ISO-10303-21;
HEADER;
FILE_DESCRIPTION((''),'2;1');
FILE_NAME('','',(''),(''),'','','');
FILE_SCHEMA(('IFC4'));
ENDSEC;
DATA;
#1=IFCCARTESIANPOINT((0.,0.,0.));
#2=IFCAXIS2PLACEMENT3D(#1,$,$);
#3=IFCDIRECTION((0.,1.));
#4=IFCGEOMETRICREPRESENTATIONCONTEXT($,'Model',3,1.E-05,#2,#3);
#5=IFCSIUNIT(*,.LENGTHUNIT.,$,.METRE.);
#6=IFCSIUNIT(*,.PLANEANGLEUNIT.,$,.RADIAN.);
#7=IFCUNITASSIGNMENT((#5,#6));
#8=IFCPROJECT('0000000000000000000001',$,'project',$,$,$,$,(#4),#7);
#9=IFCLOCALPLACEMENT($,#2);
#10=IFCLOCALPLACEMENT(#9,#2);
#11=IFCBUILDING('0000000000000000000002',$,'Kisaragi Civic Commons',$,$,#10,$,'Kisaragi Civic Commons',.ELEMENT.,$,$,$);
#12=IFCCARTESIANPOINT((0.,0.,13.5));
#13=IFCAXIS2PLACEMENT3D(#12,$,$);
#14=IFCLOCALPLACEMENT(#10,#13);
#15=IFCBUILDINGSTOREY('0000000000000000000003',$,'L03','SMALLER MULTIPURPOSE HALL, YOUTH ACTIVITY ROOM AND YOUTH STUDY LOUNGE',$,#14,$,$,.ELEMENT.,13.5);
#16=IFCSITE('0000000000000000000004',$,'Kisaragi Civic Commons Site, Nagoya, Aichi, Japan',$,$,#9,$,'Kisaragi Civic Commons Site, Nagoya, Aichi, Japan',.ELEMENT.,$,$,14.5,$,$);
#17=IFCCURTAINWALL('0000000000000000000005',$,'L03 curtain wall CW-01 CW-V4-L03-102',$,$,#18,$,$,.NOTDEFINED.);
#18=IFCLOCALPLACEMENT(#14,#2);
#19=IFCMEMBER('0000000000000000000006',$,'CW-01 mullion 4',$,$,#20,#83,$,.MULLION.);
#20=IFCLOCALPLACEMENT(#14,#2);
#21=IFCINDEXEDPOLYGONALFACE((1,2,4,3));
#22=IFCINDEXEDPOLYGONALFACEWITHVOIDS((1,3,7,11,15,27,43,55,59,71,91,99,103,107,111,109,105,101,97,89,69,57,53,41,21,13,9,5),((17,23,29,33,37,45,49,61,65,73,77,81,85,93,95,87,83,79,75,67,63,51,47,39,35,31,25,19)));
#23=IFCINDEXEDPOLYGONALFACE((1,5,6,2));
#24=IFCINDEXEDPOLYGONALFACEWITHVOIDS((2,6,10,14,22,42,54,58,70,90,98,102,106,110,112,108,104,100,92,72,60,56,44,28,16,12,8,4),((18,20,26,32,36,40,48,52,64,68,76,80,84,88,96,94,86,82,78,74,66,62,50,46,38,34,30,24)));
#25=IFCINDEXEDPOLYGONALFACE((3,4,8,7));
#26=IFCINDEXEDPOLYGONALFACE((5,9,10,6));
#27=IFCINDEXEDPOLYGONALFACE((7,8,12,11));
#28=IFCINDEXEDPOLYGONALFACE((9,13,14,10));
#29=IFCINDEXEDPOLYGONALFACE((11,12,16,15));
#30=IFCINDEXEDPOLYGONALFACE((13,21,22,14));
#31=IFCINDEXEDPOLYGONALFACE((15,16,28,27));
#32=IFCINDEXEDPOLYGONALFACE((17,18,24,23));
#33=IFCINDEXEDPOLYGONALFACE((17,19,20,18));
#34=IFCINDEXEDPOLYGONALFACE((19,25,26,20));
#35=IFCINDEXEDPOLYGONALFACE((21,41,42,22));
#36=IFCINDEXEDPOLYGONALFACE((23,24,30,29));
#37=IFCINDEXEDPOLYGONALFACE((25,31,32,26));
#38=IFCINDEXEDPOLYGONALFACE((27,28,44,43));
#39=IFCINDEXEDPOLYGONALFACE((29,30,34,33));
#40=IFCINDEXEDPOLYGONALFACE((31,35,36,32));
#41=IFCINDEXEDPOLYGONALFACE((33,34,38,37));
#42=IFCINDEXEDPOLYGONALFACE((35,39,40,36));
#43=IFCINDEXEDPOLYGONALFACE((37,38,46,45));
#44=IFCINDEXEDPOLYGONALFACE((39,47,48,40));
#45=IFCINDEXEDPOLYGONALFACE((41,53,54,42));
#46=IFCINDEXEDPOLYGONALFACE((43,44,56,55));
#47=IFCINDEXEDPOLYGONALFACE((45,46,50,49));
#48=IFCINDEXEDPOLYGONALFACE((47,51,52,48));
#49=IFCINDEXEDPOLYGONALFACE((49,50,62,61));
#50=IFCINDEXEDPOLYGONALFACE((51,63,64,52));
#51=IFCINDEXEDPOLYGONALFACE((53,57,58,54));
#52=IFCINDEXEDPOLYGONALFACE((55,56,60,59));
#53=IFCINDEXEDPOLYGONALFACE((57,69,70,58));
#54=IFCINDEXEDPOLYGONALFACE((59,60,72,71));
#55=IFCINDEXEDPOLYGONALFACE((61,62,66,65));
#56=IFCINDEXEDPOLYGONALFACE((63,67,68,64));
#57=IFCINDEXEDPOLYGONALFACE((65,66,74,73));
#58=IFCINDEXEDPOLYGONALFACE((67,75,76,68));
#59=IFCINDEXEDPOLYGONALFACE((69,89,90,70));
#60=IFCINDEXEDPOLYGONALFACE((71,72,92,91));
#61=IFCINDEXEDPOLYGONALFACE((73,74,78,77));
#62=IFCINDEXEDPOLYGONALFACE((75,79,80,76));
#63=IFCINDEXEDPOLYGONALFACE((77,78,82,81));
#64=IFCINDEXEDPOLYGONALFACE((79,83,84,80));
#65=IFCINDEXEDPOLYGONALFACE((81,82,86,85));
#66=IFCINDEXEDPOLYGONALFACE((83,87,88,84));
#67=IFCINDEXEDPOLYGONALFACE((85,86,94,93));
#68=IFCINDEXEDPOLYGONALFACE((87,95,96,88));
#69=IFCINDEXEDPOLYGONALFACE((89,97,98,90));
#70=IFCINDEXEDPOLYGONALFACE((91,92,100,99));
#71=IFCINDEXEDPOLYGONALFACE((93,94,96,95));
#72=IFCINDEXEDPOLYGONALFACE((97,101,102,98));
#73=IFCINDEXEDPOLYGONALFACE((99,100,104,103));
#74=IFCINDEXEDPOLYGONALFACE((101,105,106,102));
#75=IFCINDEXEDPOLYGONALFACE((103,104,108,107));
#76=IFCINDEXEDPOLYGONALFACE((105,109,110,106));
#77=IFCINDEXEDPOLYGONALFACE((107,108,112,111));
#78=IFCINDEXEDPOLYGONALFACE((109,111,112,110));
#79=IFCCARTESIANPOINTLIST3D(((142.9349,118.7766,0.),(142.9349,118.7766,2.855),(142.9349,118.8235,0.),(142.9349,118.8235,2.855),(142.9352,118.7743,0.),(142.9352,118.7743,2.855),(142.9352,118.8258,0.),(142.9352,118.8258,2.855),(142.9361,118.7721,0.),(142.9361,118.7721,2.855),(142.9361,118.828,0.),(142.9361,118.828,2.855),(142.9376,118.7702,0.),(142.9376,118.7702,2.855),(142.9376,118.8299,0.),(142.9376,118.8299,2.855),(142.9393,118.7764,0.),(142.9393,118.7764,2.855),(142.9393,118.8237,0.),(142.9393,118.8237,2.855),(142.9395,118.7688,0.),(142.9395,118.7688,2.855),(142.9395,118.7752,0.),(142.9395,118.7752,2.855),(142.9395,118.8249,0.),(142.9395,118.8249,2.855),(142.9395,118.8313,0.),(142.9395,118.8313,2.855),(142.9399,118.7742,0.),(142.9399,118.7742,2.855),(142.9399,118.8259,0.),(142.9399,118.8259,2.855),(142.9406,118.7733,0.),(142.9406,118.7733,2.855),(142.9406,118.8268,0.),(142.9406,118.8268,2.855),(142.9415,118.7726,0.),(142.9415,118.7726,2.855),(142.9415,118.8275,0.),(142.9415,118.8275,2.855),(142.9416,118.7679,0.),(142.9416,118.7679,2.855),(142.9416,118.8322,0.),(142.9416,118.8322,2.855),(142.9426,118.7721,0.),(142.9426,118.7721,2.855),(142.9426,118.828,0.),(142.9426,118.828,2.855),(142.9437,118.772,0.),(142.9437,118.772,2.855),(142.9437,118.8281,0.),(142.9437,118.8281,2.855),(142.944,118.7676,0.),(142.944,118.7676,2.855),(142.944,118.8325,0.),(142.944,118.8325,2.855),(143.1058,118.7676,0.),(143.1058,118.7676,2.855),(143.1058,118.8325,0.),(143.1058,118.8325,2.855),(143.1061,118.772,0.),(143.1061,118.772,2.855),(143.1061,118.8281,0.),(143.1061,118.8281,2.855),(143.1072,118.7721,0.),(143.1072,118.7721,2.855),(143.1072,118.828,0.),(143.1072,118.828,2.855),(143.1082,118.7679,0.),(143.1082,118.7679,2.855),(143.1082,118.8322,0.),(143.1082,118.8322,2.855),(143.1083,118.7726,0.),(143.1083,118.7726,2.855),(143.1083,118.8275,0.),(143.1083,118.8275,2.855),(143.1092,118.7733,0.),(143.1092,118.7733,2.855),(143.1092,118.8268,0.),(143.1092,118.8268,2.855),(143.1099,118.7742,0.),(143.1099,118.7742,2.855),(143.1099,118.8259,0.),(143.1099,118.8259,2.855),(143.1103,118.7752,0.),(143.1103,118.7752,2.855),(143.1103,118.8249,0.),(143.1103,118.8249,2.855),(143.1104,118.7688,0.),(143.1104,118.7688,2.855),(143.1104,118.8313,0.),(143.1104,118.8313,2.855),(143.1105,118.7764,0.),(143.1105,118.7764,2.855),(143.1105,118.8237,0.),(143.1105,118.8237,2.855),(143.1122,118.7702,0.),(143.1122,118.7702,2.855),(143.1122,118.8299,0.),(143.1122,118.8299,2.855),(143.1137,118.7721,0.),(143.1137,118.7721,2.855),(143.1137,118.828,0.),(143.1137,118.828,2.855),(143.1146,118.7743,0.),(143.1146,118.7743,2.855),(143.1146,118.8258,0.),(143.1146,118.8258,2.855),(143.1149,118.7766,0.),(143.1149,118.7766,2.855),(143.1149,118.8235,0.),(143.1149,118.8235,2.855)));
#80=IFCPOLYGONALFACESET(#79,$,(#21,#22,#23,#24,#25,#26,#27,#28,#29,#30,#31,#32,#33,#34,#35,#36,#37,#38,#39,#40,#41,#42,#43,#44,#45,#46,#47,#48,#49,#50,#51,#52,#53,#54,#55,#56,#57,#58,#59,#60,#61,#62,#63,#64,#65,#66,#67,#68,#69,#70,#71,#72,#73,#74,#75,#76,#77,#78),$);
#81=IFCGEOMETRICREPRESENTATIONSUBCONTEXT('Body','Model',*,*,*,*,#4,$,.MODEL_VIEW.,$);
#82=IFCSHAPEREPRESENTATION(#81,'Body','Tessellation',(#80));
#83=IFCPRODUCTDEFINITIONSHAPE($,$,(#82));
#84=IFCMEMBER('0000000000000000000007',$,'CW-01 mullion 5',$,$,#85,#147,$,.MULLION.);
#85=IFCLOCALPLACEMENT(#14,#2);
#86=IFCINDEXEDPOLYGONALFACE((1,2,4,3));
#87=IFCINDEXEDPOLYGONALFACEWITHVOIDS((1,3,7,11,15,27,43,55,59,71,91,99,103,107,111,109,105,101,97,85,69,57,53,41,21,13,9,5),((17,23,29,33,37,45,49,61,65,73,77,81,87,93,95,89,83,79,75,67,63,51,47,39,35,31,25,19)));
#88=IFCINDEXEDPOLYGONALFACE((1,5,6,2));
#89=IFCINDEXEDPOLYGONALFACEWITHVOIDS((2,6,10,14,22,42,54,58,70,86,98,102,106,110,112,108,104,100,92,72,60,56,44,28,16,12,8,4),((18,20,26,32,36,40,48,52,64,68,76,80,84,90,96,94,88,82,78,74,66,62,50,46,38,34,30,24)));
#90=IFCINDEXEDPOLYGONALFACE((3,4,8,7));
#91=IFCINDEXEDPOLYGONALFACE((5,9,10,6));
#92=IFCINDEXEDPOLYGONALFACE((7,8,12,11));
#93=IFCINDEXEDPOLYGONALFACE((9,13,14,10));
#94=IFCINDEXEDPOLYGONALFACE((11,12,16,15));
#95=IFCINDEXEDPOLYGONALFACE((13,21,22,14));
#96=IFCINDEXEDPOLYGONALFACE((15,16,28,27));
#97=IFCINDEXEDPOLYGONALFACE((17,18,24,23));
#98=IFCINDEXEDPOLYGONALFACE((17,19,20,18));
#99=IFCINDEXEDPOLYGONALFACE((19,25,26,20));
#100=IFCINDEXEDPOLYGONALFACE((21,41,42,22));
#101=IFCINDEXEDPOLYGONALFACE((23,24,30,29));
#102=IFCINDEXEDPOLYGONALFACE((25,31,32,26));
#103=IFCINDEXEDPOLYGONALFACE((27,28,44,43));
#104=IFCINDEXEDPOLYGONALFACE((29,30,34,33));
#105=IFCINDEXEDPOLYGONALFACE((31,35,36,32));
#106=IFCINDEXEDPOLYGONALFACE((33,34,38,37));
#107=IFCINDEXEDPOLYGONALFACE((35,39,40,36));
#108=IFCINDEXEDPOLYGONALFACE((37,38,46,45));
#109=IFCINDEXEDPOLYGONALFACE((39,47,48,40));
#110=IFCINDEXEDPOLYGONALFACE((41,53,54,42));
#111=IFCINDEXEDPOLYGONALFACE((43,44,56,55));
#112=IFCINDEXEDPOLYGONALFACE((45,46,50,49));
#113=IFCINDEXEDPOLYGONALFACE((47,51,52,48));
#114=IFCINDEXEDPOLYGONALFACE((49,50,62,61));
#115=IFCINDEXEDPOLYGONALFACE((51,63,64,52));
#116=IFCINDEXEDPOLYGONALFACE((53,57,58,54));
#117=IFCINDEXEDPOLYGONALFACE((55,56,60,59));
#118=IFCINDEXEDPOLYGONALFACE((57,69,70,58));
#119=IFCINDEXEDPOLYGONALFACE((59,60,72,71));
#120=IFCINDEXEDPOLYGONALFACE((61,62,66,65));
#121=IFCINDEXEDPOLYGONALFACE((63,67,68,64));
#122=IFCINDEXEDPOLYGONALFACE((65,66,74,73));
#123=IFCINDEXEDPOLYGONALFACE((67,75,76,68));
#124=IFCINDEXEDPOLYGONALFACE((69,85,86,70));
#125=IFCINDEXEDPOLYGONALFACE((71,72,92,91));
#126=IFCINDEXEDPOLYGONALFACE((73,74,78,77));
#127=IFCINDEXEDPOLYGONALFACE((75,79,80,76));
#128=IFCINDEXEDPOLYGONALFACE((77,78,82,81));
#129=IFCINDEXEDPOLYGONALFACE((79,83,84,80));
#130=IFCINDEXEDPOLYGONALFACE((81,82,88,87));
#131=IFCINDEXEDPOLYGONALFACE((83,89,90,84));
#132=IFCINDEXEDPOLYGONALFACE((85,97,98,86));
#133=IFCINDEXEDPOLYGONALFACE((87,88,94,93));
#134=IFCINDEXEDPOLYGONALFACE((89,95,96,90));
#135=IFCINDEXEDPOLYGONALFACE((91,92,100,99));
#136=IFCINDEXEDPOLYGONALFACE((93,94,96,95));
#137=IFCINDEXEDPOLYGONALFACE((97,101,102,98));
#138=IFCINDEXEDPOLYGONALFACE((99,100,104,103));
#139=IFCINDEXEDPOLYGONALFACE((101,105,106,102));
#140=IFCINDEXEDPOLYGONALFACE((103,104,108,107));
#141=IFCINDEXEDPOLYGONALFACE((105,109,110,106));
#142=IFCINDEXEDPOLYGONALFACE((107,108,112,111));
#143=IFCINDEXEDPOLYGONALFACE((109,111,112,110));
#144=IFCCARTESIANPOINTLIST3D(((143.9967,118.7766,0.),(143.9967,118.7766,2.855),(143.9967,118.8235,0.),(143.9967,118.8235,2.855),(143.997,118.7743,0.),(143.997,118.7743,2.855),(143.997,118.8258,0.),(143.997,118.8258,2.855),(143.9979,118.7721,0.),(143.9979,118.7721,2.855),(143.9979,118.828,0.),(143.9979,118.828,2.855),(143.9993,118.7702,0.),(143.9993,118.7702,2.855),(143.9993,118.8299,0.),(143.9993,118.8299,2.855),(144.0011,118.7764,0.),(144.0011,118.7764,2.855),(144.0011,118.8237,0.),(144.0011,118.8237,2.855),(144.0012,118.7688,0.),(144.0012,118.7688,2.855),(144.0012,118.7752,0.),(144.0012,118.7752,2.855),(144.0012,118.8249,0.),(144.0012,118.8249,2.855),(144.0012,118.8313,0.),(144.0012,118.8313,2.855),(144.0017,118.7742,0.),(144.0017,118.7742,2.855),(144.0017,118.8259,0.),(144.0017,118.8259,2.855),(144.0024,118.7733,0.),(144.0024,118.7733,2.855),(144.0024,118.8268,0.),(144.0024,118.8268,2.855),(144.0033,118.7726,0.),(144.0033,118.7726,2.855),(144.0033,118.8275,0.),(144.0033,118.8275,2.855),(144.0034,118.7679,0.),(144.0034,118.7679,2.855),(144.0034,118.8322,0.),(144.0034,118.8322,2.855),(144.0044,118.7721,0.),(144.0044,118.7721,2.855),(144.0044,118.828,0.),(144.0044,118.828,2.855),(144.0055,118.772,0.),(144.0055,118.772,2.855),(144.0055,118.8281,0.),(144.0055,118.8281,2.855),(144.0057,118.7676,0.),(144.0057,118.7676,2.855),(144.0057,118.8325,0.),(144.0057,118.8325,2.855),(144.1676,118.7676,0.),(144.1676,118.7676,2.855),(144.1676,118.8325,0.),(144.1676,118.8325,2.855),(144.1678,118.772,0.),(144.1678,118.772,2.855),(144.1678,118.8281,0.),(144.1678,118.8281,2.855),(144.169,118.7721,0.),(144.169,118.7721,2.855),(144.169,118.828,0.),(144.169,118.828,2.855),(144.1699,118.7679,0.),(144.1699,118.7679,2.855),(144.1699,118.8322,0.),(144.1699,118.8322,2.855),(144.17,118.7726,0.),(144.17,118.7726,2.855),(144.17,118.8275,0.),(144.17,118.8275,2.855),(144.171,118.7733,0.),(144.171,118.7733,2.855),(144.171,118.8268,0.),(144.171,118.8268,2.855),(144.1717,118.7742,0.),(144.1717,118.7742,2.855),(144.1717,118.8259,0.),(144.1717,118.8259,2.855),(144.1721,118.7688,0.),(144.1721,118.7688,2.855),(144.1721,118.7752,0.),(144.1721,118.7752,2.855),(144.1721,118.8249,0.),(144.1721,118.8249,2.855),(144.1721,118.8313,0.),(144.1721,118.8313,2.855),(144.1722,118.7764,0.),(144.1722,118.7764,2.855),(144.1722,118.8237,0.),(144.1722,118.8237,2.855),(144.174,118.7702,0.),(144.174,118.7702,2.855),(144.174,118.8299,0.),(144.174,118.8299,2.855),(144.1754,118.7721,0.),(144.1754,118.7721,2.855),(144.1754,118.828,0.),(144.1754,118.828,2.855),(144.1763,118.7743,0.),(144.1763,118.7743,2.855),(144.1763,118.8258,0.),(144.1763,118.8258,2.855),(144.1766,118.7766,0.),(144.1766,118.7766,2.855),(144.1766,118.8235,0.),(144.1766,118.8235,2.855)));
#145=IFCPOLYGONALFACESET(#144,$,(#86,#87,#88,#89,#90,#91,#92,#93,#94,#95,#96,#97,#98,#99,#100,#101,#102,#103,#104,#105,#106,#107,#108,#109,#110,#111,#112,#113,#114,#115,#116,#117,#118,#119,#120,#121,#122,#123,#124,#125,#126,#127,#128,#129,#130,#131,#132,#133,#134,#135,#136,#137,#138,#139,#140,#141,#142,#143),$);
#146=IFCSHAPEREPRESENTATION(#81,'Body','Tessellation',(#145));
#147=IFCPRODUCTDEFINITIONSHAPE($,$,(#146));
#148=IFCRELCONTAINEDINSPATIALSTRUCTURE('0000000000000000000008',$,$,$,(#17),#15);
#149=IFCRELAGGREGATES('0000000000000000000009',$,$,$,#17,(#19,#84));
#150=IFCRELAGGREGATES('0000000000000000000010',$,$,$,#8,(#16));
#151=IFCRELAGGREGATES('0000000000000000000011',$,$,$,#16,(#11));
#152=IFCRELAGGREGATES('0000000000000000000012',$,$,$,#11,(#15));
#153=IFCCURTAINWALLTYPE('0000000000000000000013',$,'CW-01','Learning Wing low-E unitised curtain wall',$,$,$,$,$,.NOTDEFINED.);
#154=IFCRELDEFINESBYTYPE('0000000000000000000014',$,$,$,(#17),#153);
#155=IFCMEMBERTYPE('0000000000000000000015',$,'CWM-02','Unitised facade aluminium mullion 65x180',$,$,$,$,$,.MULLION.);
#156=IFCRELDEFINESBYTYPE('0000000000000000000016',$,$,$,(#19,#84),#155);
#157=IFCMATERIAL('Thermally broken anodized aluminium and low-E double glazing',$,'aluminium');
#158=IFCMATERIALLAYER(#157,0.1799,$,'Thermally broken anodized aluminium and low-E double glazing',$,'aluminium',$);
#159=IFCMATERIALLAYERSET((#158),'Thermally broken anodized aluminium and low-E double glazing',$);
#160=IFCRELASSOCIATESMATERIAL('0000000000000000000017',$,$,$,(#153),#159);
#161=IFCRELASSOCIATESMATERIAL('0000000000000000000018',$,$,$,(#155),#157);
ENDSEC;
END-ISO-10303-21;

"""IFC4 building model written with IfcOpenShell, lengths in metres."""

from ifc_helpers import new_model, si_unit, direction, frame, origin, origin_2d, place, context, subcontext, project, spatial, hollow_rectangle, extrude, material, layer, layer_set, material_profile, profile_set, type_object, element, aggregate, save


model = new_model("IFC4")

# Units and contexts
model_context = context("Model", 3, precision=1e-05, world=origin(), true_north=direction((0.0, 1.0)))
body_context = subcontext(model_context, "Body", "Model", "MODEL_VIEW")
ifc_project = project(units=[si_unit("LENGTHUNIT", "METRE"), si_unit("PLANEANGLEUNIT", "RADIAN")], contexts=[model_context])

# Site, building, storey
site_placement = place(None, origin())
site = spatial("IfcSite", under=ifc_project, at=site_placement, Name="Kisaragi Civic Commons Site, Nagoya, Aichi, Japan", LongName="Kisaragi Civic Commons Site, Nagoya, Aichi, Japan", CompositionType="ELEMENT", RefElevation=14.5)
building_placement = place(site_placement, origin())
building = spatial("IfcBuilding", under=site, at=building_placement, Name="Kisaragi Civic Commons", LongName="Kisaragi Civic Commons", CompositionType="ELEMENT")
storey_placement = place(building_placement, frame((0.0, 0.0, 13.5)))
storey = spatial("IfcBuildingStorey", under=building, at=storey_placement, Name="L03", Description="SMALLER MULTIPURPOSE HALL, YOUTH ACTIVITY ROOM AND YOUTH STUDY LOUNGE", CompositionType="ELEMENT", Elevation=13.5)

# Curtain wall, members
ifc_material = material(Name="Thermally broken anodized aluminium and low-E double glazing", Category="aluminium")
ifc_layer_1 = layer(ifc_material, 0.1799, Name="Thermally broken anodized aluminium and low-E double glazing", Category="aluminium")
ifc_layer_set_1 = layer_set([ifc_layer_1], Name="Thermally broken anodized aluminium and low-E double glazing")
curtain_wall_type = type_object("IfcCurtainWallType", Name="CW-01", Description="Learning Wing low-E unitised curtain wall", PredefinedType="NOTDEFINED", material=ifc_layer_set_1)
curtain_wall_placement = place(storey_placement, origin())
curtain_wall = element("IfcCurtainWall", 1, at=curtain_wall_placement, inside=storey, type_object=curtain_wall_type, Name="L03 curtain wall CW-01 CW-V4-L03-102", PredefinedType="NOTDEFINED")
ifc_material_profile_1 = material_profile(ifc_material, hollow_rectangle(XDim=0.0649, YDim=0.1799, WallThickness=0.0044, InnerFilletRadius=0.0044, OuterFilletRadius=0.009, at=origin_2d()), Name="CWM-65x180x4.5", Category="aluminium")
ifc_profile_set_1 = profile_set([ifc_material_profile_1], Name="Thermally broken anodized aluminium and low-E double glazing")
member_type_1 = type_object("IfcMemberType", Name="CWM-02", Description="Unitised facade aluminium mullion 65x180", PredefinedType="MULLION", material=ifc_profile_set_1)
member_1_placement = place(storey_placement, frame((143.0249, 118.8, 0.0), z_axis=(0.0, 0.0, 1.0), x_axis=(0.0, 1.0, 0.0)))
member_1 = element("IfcMember", 2, at=member_1_placement, type_object=member_type_1, Name="CW-01 mullion 4", PredefinedType="MULLION", context=body_context, shape_type="SweptSolid", body=[
    extrude(hollow_rectangle(XDim=0.0649, YDim=0.1799, WallThickness=0.0044, InnerFilletRadius=0.0044, OuterFilletRadius=0.009, at=origin_2d()), origin(), (0.0, 0.0, 1.0), 2.855),
])
member_2_placement = place(storey_placement, frame((144.0867, 118.8, 0.0), z_axis=(0.0, 0.0, 1.0), x_axis=(0.0, 1.0, 0.0)))
member_2 = element("IfcMember", 3, at=member_2_placement, type_object=member_type_1, Name="CW-01 mullion 5", PredefinedType="MULLION", context=body_context, shape_type="SweptSolid", body=[
    extrude(hollow_rectangle(XDim=0.0649, YDim=0.1799, WallThickness=0.0044, InnerFilletRadius=0.0044, OuterFilletRadius=0.009, at=origin_2d()), origin(), (0.0, 0.0, 1.0), 2.855),
])
aggregate(curtain_wall, [member_1, member_2])

save(model, "model.ifc")
